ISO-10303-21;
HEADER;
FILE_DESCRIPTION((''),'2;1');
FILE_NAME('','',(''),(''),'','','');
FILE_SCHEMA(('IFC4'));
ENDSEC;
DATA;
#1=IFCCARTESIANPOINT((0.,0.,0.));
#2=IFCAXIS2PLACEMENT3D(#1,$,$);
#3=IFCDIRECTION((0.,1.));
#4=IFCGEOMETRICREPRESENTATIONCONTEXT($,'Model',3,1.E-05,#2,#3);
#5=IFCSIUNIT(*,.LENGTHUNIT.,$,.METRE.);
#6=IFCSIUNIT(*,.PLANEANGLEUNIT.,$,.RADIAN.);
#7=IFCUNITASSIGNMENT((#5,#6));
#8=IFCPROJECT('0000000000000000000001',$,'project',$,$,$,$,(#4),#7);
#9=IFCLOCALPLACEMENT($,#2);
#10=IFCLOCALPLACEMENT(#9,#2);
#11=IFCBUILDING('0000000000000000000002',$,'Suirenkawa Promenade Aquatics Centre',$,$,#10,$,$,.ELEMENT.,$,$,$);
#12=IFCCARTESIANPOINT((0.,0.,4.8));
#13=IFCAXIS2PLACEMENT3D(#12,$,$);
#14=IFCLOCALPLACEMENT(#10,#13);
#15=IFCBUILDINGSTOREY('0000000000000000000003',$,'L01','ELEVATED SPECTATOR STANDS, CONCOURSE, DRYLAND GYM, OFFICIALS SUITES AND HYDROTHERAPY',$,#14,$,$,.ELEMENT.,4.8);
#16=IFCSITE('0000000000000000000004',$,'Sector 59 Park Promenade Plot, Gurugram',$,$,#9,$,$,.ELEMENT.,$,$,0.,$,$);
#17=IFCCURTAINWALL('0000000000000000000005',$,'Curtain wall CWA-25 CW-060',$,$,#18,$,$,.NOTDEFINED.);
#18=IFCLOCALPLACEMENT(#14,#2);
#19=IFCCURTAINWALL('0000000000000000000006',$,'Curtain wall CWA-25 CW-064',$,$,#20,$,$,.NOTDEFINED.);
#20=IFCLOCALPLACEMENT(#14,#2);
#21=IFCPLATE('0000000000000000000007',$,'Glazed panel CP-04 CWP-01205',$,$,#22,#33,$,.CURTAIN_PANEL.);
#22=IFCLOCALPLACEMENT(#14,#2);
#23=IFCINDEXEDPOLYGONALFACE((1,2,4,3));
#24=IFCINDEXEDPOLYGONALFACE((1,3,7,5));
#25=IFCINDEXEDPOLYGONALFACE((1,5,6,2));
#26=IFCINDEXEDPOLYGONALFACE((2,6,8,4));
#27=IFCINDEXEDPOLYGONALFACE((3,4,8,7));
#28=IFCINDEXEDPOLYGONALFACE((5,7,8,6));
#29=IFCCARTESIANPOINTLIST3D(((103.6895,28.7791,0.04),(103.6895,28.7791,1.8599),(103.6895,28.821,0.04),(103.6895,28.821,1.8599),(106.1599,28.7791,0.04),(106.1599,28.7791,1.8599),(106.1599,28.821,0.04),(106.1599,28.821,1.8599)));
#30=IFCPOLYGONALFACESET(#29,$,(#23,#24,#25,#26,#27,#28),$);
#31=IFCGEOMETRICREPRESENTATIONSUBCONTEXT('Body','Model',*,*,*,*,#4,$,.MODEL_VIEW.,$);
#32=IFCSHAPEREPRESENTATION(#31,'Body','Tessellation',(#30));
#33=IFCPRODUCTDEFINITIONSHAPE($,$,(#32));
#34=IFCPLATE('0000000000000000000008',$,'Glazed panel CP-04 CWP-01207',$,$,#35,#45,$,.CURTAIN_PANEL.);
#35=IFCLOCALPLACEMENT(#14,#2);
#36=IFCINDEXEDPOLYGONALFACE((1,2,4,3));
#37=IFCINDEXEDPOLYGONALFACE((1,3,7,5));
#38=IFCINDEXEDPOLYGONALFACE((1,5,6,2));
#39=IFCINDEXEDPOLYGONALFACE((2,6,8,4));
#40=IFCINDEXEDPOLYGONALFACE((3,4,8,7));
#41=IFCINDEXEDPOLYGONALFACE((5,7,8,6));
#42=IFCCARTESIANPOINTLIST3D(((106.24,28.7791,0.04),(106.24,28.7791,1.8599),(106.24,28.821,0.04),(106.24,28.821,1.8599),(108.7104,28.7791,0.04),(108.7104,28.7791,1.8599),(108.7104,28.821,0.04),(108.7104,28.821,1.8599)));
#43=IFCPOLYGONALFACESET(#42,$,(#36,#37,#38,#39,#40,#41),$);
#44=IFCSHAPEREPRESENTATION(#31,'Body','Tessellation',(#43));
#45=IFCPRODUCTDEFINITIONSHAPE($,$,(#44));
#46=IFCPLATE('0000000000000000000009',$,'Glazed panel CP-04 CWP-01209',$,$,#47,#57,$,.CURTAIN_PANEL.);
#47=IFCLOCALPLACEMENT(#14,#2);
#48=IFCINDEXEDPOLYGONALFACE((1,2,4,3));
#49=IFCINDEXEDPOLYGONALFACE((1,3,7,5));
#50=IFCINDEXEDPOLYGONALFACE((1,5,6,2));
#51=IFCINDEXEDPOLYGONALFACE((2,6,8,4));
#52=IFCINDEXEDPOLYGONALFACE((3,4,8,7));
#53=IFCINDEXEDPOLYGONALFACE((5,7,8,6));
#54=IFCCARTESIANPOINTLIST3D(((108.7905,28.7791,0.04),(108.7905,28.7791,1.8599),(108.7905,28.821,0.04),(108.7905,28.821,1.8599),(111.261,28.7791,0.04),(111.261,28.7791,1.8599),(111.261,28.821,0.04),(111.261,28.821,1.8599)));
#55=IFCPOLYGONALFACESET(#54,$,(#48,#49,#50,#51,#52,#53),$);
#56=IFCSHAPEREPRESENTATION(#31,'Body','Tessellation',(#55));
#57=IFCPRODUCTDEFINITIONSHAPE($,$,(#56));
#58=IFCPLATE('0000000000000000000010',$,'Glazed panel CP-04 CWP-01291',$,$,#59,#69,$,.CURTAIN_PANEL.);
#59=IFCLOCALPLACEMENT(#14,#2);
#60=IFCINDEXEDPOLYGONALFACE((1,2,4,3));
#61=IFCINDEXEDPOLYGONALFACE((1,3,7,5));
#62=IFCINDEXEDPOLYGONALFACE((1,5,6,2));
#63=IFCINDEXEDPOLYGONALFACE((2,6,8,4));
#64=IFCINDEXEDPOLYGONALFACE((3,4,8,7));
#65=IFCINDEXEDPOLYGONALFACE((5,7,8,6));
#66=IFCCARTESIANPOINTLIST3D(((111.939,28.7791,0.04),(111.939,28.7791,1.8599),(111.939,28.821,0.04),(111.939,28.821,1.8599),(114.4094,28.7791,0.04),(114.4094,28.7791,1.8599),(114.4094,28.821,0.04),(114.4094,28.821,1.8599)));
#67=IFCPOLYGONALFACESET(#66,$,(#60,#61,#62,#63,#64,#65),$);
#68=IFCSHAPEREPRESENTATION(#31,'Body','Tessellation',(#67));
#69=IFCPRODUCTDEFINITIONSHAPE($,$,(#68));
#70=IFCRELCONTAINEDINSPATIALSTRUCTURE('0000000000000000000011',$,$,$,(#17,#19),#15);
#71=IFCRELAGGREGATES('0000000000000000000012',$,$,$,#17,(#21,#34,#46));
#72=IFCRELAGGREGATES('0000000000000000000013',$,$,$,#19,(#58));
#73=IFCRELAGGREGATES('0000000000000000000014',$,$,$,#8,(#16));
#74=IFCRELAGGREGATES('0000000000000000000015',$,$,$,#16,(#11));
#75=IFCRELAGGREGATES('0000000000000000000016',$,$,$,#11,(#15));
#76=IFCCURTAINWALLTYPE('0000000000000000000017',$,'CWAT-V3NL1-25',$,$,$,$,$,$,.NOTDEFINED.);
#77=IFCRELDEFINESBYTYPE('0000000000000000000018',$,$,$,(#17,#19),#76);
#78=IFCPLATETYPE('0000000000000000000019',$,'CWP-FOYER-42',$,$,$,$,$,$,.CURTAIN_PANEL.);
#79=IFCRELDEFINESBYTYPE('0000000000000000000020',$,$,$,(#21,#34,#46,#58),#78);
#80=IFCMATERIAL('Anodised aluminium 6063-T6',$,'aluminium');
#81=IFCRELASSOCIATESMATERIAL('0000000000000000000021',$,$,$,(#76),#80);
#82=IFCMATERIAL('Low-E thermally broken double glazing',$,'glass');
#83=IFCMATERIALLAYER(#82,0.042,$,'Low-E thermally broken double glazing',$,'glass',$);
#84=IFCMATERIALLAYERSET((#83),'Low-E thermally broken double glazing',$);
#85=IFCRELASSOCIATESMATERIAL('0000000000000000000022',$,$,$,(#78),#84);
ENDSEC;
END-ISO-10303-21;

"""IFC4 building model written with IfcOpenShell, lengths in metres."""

from ifc_helpers import new_model, si_unit, direction, frame, origin, place, context, subcontext, project, spatial, polyline, outline, extrude, material, layer, layer_set, type_object, element, aggregate, save


model = new_model("IFC4")

# Units and contexts
model_context = context("Model", 3, precision=1e-05, world=origin(), true_north=direction((0.0, 1.0)))
body_context = subcontext(model_context, "Body", "Model", "MODEL_VIEW")
ifc_project = project(units=[si_unit("LENGTHUNIT", "METRE"), si_unit("PLANEANGLEUNIT", "RADIAN")], contexts=[model_context])

# Site, building, storey
site_placement = place(None, origin())
site = spatial("IfcSite", under=ifc_project, at=site_placement, Name="Sector 59 Park Promenade Plot, Gurugram", CompositionType="ELEMENT", RefElevation=0.0)
building_placement = place(site_placement, origin())
building = spatial("IfcBuilding", under=site, at=building_placement, Name="Suirenkawa Promenade Aquatics Centre", CompositionType="ELEMENT")
storey_placement = place(building_placement, frame((0.0, 0.0, 4.8)))
storey = spatial("IfcBuildingStorey", under=building, at=storey_placement, Name="L01", Description="ELEVATED SPECTATOR STANDS, CONCOURSE, DRYLAND GYM, OFFICIALS SUITES AND HYDROTHERAPY", CompositionType="ELEMENT", Elevation=4.8)

# Shared definitions
ifc_material_1 = material(Name="Anodised aluminium 6063-T6", Category="aluminium")
curtain_wall_type = type_object("IfcCurtainWallType", Name="CWAT-V3NL1-25", PredefinedType="NOTDEFINED", material=ifc_material_1)

# Curtain wall
curtain_wall_1_placement = place(storey_placement, origin())
curtain_wall_1 = element("IfcCurtainWall", 1, at=curtain_wall_1_placement, inside=storey, type_object=curtain_wall_type, Name="Curtain wall CWA-25 CW-060", PredefinedType="NOTDEFINED")

# Curtain wall
curtain_wall_2_placement = place(storey_placement, origin())
curtain_wall_2 = element("IfcCurtainWall", 2, at=curtain_wall_2_placement, inside=storey, type_object=curtain_wall_type, Name="Curtain wall CWA-25 CW-064", PredefinedType="NOTDEFINED")

# Plates
ifc_material_2 = material(Name="Low-E thermally broken double glazing", Category="glass")
ifc_layer = layer(ifc_material_2, 0.042, Name="Low-E thermally broken double glazing", Category="glass")
ifc_layer_set = layer_set([ifc_layer], Name="Low-E thermally broken double glazing")
plate_type = type_object("IfcPlateType", Name="CWP-FOYER-42", PredefinedType="CURTAIN_PANEL", material=ifc_layer_set)
plate_1_placement = place(storey_placement, frame((103.6494, 28.8, 0.04), z_axis=(0.0, 0.0, 1.0), x_axis=(1.0, 0.0, 0.0)))
plate_1 = element("IfcPlate", 3, at=plate_1_placement, type_object=plate_type, Name="Glazed panel CP-04 CWP-01205", PredefinedType="CURTAIN_PANEL", context=body_context, shape_type="SweptSolid", body=[
    extrude(outline(polyline([(0.04, 0.0), (2.5105, 0.0), (2.5105, 1.8198), (0.04, 1.8198), (0.04, 0.0)])), frame((0.0, 0.021, 0.0), z_axis=(0.0, -1.0, 0.0), x_axis=(1.0, 0.0, 0.0)), (0.0, 0.0, 1.0), 0.042),
])
plate_2_placement = place(storey_placement, frame((106.2, 28.8, 0.04), z_axis=(0.0, 0.0, 1.0), x_axis=(1.0, 0.0, 0.0)))
plate_2 = element("IfcPlate", 4, at=plate_2_placement, type_object=plate_type, Name="Glazed panel CP-04 CWP-01207", PredefinedType="CURTAIN_PANEL", context=body_context, shape_type="SweptSolid", body=[
    extrude(outline(polyline([(0.04, 0.0), (2.5105, 0.0), (2.5105, 1.8198), (0.04, 1.8198), (0.04, 0.0)])), frame((0.0, 0.021, 0.0), z_axis=(0.0, -1.0, 0.0), x_axis=(1.0, 0.0, 0.0)), (0.0, 0.0, 1.0), 0.042),
])
plate_3_placement = place(storey_placement, frame((108.7505, 28.8, 0.04), z_axis=(0.0, 0.0, 1.0), x_axis=(1.0, 0.0, 0.0)))
plate_3 = element("IfcPlate", 5, at=plate_3_placement, type_object=plate_type, Name="Glazed panel CP-04 CWP-01209", PredefinedType="CURTAIN_PANEL", context=body_context, shape_type="SweptSolid", body=[
    extrude(outline(polyline([(0.04, 0.0), (2.5105, 0.0), (2.5105, 1.8198), (0.04, 1.8198), (0.04, 0.0)])), frame((0.0, 0.021, 0.0), z_axis=(0.0, -1.0, 0.0), x_axis=(1.0, 0.0, 0.0)), (0.0, 0.0, 1.0), 0.042),
])
aggregate(curtain_wall_1, [plate_1, plate_2, plate_3])
plate_4_placement = place(storey_placement, frame((111.8989, 28.8, 0.04), z_axis=(0.0, 0.0, 1.0), x_axis=(1.0, 0.0, 0.0)))
plate_4 = element("IfcPlate", 6, at=plate_4_placement, type_object=plate_type, Name="Glazed panel CP-04 CWP-01291", PredefinedType="CURTAIN_PANEL", context=body_context, shape_type="SweptSolid", body=[
    extrude(outline(polyline([(0.04, 0.0), (2.5105, 0.0), (2.5105, 1.8198), (0.04, 1.8198), (0.04, 0.0)])), frame((0.0, 0.021, 0.0), z_axis=(0.0, -1.0, 0.0), x_axis=(1.0, 0.0, 0.0)), (0.0, 0.0, 1.0), 0.042),
])
aggregate(curtain_wall_2, [plate_4])

save(model, "model.ifc")
